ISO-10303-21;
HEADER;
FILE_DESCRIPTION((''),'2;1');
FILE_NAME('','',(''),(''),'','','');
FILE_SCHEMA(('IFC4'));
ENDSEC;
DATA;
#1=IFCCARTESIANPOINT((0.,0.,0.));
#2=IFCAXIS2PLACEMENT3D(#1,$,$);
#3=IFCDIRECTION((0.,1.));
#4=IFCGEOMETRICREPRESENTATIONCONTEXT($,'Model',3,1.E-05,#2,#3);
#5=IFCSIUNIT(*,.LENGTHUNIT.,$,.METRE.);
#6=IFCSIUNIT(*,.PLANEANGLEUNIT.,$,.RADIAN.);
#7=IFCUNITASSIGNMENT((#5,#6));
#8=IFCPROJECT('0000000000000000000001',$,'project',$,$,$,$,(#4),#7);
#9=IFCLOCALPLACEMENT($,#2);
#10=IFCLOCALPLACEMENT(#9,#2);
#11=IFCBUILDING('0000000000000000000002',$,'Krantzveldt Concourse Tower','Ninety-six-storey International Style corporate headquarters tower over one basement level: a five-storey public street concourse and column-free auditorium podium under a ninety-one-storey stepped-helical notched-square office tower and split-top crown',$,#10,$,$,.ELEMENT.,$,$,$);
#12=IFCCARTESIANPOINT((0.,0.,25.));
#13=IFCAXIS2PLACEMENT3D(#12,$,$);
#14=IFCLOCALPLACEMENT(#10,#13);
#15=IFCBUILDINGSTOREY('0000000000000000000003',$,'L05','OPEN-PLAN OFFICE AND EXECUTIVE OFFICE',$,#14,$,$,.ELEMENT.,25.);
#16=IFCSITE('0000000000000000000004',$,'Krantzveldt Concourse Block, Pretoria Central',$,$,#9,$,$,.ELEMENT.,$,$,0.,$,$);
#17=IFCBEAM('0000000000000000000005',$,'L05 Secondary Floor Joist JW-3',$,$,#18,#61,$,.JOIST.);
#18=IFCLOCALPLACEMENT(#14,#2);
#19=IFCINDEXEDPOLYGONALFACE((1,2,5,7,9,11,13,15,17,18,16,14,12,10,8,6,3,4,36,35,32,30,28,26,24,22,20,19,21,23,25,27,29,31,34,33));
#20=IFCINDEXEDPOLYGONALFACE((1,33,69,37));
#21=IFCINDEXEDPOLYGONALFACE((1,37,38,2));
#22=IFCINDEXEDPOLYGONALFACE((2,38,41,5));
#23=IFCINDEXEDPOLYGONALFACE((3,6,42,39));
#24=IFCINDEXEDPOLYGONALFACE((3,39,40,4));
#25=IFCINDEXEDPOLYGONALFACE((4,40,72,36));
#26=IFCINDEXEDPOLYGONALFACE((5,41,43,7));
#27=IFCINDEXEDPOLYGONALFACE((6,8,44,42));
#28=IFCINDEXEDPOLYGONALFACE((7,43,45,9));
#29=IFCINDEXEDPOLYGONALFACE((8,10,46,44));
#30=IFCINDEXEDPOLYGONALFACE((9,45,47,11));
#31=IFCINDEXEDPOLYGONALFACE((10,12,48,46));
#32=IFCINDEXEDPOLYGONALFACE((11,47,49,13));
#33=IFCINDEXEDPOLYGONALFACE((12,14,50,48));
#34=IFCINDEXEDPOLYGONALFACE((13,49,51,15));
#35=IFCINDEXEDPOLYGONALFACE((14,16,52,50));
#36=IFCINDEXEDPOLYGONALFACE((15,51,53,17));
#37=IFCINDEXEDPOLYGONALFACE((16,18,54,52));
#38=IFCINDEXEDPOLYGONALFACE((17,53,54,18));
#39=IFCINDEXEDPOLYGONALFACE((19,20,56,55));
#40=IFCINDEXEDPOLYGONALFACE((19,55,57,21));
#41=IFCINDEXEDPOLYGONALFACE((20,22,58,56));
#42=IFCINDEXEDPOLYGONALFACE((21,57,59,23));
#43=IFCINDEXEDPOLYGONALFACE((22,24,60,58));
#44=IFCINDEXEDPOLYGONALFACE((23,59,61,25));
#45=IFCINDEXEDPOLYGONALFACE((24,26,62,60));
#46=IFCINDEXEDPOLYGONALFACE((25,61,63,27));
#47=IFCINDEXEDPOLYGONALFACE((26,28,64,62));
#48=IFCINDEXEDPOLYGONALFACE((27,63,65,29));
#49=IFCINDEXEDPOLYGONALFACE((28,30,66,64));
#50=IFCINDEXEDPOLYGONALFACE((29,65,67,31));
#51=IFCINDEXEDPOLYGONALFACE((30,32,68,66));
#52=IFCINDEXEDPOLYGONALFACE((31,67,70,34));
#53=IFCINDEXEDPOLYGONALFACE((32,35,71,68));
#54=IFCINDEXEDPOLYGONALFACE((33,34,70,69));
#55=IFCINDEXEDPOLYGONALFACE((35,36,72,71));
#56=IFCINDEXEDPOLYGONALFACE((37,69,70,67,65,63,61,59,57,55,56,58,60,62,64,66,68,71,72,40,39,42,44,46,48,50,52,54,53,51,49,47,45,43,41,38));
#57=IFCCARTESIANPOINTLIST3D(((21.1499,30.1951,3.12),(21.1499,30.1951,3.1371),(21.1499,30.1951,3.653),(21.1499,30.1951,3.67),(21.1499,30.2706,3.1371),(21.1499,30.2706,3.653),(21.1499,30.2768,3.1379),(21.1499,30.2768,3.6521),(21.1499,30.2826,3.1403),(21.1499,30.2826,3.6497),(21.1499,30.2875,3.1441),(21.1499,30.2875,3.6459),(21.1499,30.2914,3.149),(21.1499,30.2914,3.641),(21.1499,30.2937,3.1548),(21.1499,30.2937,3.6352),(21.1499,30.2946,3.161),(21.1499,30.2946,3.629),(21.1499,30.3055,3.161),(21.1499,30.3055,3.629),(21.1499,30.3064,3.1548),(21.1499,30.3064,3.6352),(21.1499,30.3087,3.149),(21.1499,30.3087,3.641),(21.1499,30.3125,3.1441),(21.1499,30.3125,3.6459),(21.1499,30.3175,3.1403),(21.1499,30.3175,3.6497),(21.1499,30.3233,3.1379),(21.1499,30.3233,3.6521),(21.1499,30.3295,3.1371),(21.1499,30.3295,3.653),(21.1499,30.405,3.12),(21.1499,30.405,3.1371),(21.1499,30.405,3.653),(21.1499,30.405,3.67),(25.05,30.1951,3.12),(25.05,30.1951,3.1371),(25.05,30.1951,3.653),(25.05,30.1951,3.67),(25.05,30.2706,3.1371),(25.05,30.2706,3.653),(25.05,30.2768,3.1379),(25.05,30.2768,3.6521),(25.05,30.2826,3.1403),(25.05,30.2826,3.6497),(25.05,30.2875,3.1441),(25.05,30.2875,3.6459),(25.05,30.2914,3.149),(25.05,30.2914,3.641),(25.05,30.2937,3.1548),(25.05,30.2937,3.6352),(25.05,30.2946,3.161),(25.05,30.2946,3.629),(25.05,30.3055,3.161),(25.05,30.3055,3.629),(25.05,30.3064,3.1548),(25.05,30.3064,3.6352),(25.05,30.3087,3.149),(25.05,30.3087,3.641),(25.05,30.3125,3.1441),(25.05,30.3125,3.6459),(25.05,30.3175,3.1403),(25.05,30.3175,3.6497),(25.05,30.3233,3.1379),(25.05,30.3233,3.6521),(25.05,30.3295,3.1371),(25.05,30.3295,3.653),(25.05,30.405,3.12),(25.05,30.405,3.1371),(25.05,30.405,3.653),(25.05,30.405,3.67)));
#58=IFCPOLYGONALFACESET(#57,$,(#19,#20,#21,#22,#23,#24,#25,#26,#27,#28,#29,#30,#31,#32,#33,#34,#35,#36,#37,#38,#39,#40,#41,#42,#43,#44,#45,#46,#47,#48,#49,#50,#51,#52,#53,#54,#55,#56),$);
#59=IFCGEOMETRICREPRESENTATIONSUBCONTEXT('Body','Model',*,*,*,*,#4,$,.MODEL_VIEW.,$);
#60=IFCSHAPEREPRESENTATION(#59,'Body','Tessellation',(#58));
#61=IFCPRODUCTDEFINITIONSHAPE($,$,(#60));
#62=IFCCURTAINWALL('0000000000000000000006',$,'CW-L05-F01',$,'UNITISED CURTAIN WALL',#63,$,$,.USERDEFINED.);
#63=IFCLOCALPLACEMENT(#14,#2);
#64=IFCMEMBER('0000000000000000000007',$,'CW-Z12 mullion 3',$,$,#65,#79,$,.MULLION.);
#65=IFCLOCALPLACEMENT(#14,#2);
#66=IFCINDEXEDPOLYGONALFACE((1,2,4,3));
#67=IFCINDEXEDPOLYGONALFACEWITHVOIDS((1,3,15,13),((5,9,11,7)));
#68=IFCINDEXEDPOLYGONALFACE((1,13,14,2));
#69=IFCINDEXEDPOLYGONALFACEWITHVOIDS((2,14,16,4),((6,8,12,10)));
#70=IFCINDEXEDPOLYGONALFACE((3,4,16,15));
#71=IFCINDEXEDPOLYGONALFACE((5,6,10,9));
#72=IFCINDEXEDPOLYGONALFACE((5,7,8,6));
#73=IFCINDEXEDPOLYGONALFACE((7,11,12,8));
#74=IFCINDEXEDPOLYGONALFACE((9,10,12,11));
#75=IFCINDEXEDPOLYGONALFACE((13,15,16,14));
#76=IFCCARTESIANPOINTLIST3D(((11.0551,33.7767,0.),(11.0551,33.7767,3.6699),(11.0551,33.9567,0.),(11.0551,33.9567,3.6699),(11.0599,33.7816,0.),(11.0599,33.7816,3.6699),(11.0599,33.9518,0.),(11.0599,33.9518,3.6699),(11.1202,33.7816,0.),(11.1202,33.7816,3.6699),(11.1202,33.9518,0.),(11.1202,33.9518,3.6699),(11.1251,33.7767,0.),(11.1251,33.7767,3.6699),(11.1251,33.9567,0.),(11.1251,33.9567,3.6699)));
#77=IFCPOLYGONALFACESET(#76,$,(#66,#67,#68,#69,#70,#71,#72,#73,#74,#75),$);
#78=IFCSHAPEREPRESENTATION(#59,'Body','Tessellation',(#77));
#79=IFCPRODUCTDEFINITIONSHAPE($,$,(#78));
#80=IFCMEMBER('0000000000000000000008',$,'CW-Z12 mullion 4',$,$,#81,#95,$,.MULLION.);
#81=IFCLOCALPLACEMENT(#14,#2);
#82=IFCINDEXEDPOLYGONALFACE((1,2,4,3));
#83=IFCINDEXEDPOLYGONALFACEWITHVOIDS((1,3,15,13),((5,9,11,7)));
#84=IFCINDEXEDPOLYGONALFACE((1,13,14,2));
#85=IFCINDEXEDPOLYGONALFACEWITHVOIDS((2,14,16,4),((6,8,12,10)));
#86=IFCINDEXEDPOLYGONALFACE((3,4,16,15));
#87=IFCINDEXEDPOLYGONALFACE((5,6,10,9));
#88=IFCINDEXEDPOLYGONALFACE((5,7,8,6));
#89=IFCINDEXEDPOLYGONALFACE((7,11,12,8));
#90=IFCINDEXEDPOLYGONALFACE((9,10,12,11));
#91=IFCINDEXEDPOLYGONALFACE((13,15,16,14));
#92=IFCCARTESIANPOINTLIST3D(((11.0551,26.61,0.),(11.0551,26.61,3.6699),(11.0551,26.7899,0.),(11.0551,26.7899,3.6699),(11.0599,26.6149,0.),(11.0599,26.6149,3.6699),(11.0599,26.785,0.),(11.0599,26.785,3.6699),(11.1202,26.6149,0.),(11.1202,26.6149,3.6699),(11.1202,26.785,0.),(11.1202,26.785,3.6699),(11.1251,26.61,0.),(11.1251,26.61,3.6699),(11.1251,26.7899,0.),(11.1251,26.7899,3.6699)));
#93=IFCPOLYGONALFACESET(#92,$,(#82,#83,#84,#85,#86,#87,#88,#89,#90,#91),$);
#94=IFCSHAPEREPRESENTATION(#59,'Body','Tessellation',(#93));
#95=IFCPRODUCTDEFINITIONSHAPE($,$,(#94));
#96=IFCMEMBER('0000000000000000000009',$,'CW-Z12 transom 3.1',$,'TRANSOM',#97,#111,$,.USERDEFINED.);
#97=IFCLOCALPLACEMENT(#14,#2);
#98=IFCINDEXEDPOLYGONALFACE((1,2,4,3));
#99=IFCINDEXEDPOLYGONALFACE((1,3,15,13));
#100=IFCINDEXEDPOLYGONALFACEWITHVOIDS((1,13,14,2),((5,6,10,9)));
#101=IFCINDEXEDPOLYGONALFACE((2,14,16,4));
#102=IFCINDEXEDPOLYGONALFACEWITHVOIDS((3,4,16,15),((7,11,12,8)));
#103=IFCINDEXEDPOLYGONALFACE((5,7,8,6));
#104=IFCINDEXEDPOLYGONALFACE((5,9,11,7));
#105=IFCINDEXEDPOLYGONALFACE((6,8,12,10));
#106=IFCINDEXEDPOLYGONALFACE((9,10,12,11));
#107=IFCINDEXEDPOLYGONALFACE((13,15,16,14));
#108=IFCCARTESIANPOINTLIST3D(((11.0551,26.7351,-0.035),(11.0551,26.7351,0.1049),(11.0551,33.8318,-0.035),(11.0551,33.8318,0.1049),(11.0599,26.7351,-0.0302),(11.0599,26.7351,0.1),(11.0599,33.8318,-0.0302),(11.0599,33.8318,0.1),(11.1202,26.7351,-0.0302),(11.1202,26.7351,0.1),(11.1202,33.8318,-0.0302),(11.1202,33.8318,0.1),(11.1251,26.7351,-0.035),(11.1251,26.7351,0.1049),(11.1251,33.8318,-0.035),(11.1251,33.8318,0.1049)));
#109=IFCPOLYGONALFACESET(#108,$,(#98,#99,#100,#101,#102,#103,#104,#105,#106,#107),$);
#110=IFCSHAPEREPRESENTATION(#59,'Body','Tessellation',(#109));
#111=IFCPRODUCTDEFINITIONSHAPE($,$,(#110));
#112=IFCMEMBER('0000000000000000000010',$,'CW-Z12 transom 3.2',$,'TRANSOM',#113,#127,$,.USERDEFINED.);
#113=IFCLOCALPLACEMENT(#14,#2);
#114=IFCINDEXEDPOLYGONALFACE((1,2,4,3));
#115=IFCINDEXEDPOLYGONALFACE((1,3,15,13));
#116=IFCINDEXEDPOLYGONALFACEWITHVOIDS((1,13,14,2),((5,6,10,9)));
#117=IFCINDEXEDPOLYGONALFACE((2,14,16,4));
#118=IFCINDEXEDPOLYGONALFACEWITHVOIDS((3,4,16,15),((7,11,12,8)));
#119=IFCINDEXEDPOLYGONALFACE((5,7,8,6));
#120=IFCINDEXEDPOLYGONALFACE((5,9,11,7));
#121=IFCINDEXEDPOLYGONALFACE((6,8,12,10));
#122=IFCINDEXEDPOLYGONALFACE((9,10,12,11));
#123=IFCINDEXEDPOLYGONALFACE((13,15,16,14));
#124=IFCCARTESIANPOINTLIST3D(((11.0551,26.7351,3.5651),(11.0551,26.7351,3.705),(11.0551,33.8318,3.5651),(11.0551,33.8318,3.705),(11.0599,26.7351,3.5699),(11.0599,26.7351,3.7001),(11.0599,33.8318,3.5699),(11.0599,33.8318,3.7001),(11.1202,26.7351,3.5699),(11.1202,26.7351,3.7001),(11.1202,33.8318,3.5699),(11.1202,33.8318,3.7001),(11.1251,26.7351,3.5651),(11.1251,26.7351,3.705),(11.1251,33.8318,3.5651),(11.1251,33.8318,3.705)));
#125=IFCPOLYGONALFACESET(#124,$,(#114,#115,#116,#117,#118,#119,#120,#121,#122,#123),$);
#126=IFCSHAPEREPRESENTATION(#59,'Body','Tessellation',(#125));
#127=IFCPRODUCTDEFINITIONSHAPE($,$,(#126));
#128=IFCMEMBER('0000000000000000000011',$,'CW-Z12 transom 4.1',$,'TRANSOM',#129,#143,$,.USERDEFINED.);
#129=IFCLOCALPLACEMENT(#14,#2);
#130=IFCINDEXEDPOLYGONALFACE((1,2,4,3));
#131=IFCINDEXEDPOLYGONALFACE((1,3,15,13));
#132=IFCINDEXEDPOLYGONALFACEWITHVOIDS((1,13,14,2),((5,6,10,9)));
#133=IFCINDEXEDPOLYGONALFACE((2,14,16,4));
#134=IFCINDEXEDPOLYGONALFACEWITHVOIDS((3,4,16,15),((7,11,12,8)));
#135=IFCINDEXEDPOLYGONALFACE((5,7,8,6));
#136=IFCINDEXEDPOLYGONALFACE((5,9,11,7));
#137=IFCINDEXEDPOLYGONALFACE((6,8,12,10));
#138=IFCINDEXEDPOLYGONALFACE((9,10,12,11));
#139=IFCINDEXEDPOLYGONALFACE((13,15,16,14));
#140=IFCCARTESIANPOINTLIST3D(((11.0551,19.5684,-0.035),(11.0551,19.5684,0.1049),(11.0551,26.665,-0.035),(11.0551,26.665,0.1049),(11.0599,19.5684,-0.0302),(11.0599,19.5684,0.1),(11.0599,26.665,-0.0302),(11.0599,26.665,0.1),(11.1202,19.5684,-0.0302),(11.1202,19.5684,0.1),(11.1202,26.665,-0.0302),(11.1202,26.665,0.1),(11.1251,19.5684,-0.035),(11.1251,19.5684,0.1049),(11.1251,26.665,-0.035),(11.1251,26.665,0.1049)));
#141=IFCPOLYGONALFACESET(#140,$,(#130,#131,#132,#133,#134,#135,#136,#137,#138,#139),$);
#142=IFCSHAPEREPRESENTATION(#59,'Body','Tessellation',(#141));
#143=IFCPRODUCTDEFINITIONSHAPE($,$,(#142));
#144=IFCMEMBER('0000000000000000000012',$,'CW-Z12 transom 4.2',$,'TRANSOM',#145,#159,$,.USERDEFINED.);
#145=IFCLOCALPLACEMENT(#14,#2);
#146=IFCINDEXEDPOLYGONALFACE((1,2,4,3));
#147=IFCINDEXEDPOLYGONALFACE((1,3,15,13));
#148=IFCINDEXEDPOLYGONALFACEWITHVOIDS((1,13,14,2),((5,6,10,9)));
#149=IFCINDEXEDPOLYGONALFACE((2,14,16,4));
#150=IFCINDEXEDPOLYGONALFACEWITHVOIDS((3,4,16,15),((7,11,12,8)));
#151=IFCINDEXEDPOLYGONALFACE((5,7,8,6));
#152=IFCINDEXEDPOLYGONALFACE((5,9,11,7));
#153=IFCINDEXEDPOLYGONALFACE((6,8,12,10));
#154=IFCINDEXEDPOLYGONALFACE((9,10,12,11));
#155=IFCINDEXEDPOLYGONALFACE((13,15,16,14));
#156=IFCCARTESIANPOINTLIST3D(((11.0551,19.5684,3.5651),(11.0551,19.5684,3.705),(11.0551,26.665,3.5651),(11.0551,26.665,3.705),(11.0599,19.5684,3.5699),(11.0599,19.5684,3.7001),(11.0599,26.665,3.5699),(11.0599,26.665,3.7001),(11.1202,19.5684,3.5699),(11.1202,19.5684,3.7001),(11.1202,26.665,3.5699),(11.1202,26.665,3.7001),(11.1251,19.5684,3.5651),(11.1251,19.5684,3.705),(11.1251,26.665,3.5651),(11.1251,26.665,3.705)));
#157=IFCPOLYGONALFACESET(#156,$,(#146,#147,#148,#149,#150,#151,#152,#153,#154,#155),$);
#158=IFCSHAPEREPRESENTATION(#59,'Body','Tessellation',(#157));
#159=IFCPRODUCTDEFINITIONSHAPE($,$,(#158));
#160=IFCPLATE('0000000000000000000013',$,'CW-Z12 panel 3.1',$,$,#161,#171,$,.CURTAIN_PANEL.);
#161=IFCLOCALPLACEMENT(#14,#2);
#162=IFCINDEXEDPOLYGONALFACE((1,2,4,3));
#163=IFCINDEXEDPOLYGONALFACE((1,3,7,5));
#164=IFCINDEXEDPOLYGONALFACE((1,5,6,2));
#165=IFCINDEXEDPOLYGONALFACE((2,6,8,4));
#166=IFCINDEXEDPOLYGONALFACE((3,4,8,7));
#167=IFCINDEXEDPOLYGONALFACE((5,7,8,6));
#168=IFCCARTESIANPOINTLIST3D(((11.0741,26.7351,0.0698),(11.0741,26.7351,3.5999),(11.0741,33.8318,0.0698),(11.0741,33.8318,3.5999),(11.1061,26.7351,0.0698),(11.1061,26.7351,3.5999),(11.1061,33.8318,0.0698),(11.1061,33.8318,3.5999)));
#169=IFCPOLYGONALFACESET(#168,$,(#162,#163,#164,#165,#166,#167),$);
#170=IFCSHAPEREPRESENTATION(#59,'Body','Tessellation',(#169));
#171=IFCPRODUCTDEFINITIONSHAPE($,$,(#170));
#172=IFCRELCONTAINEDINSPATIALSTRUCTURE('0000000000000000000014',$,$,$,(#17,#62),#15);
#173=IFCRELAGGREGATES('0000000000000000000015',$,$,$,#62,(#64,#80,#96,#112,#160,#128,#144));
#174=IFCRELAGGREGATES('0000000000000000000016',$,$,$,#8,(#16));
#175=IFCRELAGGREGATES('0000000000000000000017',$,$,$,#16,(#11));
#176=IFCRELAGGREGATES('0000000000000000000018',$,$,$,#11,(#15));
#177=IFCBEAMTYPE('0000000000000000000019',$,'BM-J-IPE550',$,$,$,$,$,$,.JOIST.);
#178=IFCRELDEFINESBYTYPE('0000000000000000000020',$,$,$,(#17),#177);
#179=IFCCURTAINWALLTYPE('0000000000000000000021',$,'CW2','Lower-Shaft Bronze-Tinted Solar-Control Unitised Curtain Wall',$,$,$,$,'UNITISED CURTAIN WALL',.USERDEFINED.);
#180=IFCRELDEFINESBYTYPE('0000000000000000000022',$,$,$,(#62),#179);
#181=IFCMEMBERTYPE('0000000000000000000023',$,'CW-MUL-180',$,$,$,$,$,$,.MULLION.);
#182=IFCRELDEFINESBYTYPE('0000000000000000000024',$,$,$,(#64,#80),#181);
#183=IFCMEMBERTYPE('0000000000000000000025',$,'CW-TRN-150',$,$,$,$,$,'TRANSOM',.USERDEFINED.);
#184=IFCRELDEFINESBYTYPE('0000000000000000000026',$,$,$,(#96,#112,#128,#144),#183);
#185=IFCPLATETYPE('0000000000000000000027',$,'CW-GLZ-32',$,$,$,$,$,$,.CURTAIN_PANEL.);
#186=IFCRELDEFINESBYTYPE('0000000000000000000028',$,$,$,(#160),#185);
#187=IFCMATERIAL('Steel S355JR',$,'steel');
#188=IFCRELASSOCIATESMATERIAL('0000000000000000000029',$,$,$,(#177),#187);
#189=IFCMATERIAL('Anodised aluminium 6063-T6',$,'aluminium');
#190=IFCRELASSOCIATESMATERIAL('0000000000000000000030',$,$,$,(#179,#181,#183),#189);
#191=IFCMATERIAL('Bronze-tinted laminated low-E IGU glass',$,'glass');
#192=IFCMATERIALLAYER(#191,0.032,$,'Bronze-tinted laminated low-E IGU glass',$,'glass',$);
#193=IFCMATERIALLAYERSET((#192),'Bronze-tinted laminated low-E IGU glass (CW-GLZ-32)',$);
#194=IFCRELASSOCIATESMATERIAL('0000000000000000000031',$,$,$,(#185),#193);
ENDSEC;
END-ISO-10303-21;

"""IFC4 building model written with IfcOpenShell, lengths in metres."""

from ifc_helpers import new_model, si_unit, direction, frame, origin, origin_2d, place, context, subcontext, project, spatial, rectangle, hollow_rectangle, i_section, extrude, source, transform, mapped, material, layer, layer_set, material_profile, profile_set, type_object, type_shapes, element, aggregate, save


model = new_model("IFC4")

# Units and contexts
model_context = context("Model", 3, precision=1e-05, world=origin(), true_north=direction((0.0, 1.0)))
body_context = subcontext(model_context, "Body", "Model", "MODEL_VIEW")
ifc_project = project(units=[si_unit("LENGTHUNIT", "METRE"), si_unit("PLANEANGLEUNIT", "RADIAN")], contexts=[model_context])

# Site, building, storey
site_placement = place(None, origin())
site = spatial("IfcSite", under=ifc_project, at=site_placement, Name="Krantzveldt Concourse Block, Pretoria Central", CompositionType="ELEMENT", RefElevation=0.0)
building_placement = place(site_placement, origin())
building = spatial("IfcBuilding", under=site, at=building_placement, Name="Krantzveldt Concourse Tower", Description="Ninety-six-storey International Style corporate headquarters tower over one basement level: a five-storey public street concourse and column-free auditorium podium under a ninety-one-storey stepped-helical notched-square office tower and split-top crown", CompositionType="ELEMENT")
storey_placement = place(building_placement, frame((0.0, 0.0, 25.0)))
storey = spatial("IfcBuildingStorey", under=building, at=storey_placement, Name="L05", Description="OPEN-PLAN OFFICE AND EXECUTIVE OFFICE", CompositionType="ELEMENT", Elevation=25.0)

# Beam
ifc_material_1 = material(Name="Steel S355JR", Category="steel")
ifc_material_profile_1 = material_profile(ifc_material_1, i_section(OverallWidth=0.21, OverallDepth=0.55, WebThickness=0.011, FlangeThickness=0.0171, FilletRadius=0.0239, at=origin_2d()), Name="Steel S355JR", Category="steel")
ifc_profile_set_1 = profile_set([ifc_material_profile_1], Name="Steel S355JR - IPE 550")
beam_type_1 = type_object("IfcBeamType", Name="BM-J-IPE550", PredefinedType="JOIST", material=ifc_profile_set_1)
shared_shape_1 = source(origin(), body_context, "Body", "SweptSolid", [
    extrude(i_section(OverallWidth=0.21, OverallDepth=0.55, WebThickness=0.011, FlangeThickness=0.0171, FilletRadius=0.0239, at=origin_2d()), origin(), (0.0, 0.0, 1.0), 3.9001),
])
type_shapes(beam_type_1, [shared_shape_1])
for number, where, z_axis, x_axis, name in (
    (1, (21.1499, 30.3, 3.395), (1.0, 0.0, 0.0), (0.0, 1.0, 0.0), "L05 Secondary Floor Joist JW-3"),
):
    element("IfcBeam", number, at=place(storey_placement, frame(where, z_axis=z_axis, x_axis=x_axis)), inside=storey, type_object=beam_type_1, Name=name, PredefinedType="JOIST", context=body_context, shape_type="MappedRepresentation", body=[
        mapped(shared_shape_1, transform((0.0, 0.0, 0.0), x_axis=(1.0, 0.0, 0.0), y_axis=(0.0, 1.0, 0.0), z_axis=(0.0, 0.0, 1.0), scale=1.0)),
    ])

# Curtain wall, members, plate
ifc_material_2 = material(Name="Anodised aluminium 6063-T6", Category="aluminium")
curtain_wall_type = type_object("IfcCurtainWallType", Name="CW2", Description="Lower-Shaft Bronze-Tinted Solar-Control Unitised Curtain Wall", ElementType="UNITISED CURTAIN WALL", PredefinedType="USERDEFINED", material=ifc_material_2)
curtain_wall_placement = place(storey_placement, origin())
curtain_wall = element("IfcCurtainWall", 2, at=curtain_wall_placement, inside=storey, type_object=curtain_wall_type, Name="CW-L05-F01", ObjectType="UNITISED CURTAIN WALL", PredefinedType="USERDEFINED")
ifc_material_profile_2 = material_profile(ifc_material_2, hollow_rectangle(XDim=0.0701, YDim=0.1799, WallThickness=0.0049, at=origin_2d()), Name="Anodised aluminium 6063-T6", Category="aluminium")
ifc_profile_set_2 = profile_set([ifc_material_profile_2], Name="Anodised aluminium 6063-T6 - ALU-MULL 180x70x5")
member_type_1 = type_object("IfcMemberType", Name="CW-MUL-180", PredefinedType="MULLION", material=ifc_profile_set_2)
shared_shape_2 = source(origin(), body_context, "Body", "SweptSolid", [
    extrude(hollow_rectangle(XDim=0.0701, YDim=0.1799, WallThickness=0.0049, at=origin_2d()), origin(), (0.0, 0.0, 1.0), 3.6699),
])
type_shapes(member_type_1, [shared_shape_2])
member_1_placement = place(storey_placement, frame((11.0901, 33.8667, 0.0), z_axis=(0.0, 0.0, 1.0), x_axis=(1.0, 0.0, 0.0)))
member_1 = element("IfcMember", 3, at=member_1_placement, type_object=member_type_1, Name="CW-Z12 mullion 3", PredefinedType="MULLION", context=body_context, shape_type="MappedRepresentation", body=[
    mapped(shared_shape_2, transform((0.0, 0.0, 0.0), x_axis=(1.0, 0.0, 0.0), y_axis=(0.0, 1.0, 0.0), z_axis=(0.0, 0.0, 1.0), scale=1.0)),
])
member_2_placement = place(storey_placement, frame((11.0901, 26.7, 0.0), z_axis=(0.0, 0.0, 1.0), x_axis=(1.0, 0.0, 0.0)))
member_2 = element("IfcMember", 4, at=member_2_placement, type_object=member_type_1, Name="CW-Z12 mullion 4", PredefinedType="MULLION", context=body_context, shape_type="MappedRepresentation", body=[
    mapped(shared_shape_2, transform((0.0, 0.0, 0.0), x_axis=(1.0, 0.0, 0.0), y_axis=(0.0, 1.0, 0.0), z_axis=(0.0, 0.0, 1.0), scale=1.0)),
])
ifc_material_profile_3 = material_profile(ifc_material_2, hollow_rectangle(XDim=0.0701, YDim=0.1399, WallThickness=0.0049, at=origin_2d()), Name="Anodised aluminium 6063-T6", Category="aluminium")
ifc_profile_set_3 = profile_set([ifc_material_profile_3], Name="Anodised aluminium 6063-T6 - ALU-TRAN 140x70x5")
member_type_2 = type_object("IfcMemberType", Name="CW-TRN-150", ElementType="TRANSOM", PredefinedType="USERDEFINED", material=ifc_profile_set_3)
shared_shape_3 = source(origin(), body_context, "Body", "SweptSolid", [
    extrude(hollow_rectangle(XDim=0.0701, YDim=0.1399, WallThickness=0.0049, at=origin_2d()), origin(), (0.0, 0.0, 1.0), 7.0967),
])
type_shapes(member_type_2, [shared_shape_3])
member_3_placement = place(storey_placement, frame((11.0901, 33.8318, 0.0349), z_axis=(0.0, -1.0, 0.0), x_axis=(1.0, 0.0, 0.0)))
member_3 = element("IfcMember", 5, at=member_3_placement, type_object=member_type_2, Name="CW-Z12 transom 3.1", ObjectType="TRANSOM", PredefinedType="USERDEFINED", context=body_context, shape_type="MappedRepresentation", body=[
    mapped(shared_shape_3, transform((0.0, 0.0, 0.0), x_axis=(1.0, 0.0, 0.0), y_axis=(0.0, 1.0, 0.0), z_axis=(0.0, 0.0, 1.0), scale=1.0)),
])
member_4_placement = place(storey_placement, frame((11.0901, 33.8318, 3.635), z_axis=(0.0, -1.0, 0.0), x_axis=(1.0, 0.0, 0.0)))
member_4 = element("IfcMember", 6, at=member_4_placement, type_object=member_type_2, Name="CW-Z12 transom 3.2", ObjectType="TRANSOM", PredefinedType="USERDEFINED", context=body_context, shape_type="MappedRepresentation", body=[
    mapped(shared_shape_3, transform((0.0, 0.0, 0.0), x_axis=(1.0, 0.0, 0.0), y_axis=(0.0, 1.0, 0.0), z_axis=(0.0, 0.0, 1.0), scale=1.0)),
])
member_5_placement = place(storey_placement, frame((11.0901, 26.665, 0.0349), z_axis=(0.0, -1.0, 0.0), x_axis=(1.0, 0.0, 0.0)))
member_5 = element("IfcMember", 7, at=member_5_placement, type_object=member_type_2, Name="CW-Z12 transom 4.1", ObjectType="TRANSOM", PredefinedType="USERDEFINED", context=body_context, shape_type="MappedRepresentation", body=[
    mapped(shared_shape_3, transform((0.0, 0.0, 0.0), x_axis=(1.0, 0.0, 0.0), y_axis=(0.0, 1.0, 0.0), z_axis=(0.0, 0.0, 1.0), scale=1.0)),
])
member_6_placement = place(storey_placement, frame((11.0901, 26.665, 3.635), z_axis=(0.0, -1.0, 0.0), x_axis=(1.0, 0.0, 0.0)))
member_6 = element("IfcMember", 8, at=member_6_placement, type_object=member_type_2, Name="CW-Z12 transom 4.2", ObjectType="TRANSOM", PredefinedType="USERDEFINED", context=body_context, shape_type="MappedRepresentation", body=[
    mapped(shared_shape_3, transform((0.0, 0.0, 0.0), x_axis=(1.0, 0.0, 0.0), y_axis=(0.0, 1.0, 0.0), z_axis=(0.0, 0.0, 1.0), scale=1.0)),
])
ifc_material_3 = material(Name="Bronze-tinted laminated low-E IGU glass", Category="glass")
ifc_layer_1 = layer(ifc_material_3, 0.032, Name="Bronze-tinted laminated low-E IGU glass", Category="glass")
ifc_layer_set_1 = layer_set([ifc_layer_1], Name="Bronze-tinted laminated low-E IGU glass (CW-GLZ-32)")
plate_type = type_object("IfcPlateType", Name="CW-GLZ-32", PredefinedType="CURTAIN_PANEL", material=ifc_layer_set_1)
shared_shape_4 = source(origin(), body_context, "Body", "SweptSolid", [
    extrude(rectangle(XDim=7.0967, YDim=0.032, at=origin_2d()), origin(), (0.0, 0.0, 1.0), 3.53),
])
type_shapes(plate_type, [shared_shape_4])
plate_1_placement = place(storey_placement, frame((11.0901, 30.2834, 0.0698), z_axis=(0.0, 0.0, 1.0), x_axis=(0.0, -1.0, 0.0)))
plate_1 = element("IfcPlate", 9, at=plate_1_placement, type_object=plate_type, Name="CW-Z12 panel 3.1", PredefinedType="CURTAIN_PANEL", context=body_context, shape_type="MappedRepresentation", body=[
    mapped(shared_shape_4, transform((0.0, 0.0, 0.0), x_axis=(1.0, 0.0, 0.0), y_axis=(0.0, 1.0, 0.0), z_axis=(0.0, 0.0, 1.0), scale=1.0)),
])
aggregate(curtain_wall, [member_1, member_2, member_3, member_4, plate_1, member_5, member_6])

save(model, "model.ifc")
